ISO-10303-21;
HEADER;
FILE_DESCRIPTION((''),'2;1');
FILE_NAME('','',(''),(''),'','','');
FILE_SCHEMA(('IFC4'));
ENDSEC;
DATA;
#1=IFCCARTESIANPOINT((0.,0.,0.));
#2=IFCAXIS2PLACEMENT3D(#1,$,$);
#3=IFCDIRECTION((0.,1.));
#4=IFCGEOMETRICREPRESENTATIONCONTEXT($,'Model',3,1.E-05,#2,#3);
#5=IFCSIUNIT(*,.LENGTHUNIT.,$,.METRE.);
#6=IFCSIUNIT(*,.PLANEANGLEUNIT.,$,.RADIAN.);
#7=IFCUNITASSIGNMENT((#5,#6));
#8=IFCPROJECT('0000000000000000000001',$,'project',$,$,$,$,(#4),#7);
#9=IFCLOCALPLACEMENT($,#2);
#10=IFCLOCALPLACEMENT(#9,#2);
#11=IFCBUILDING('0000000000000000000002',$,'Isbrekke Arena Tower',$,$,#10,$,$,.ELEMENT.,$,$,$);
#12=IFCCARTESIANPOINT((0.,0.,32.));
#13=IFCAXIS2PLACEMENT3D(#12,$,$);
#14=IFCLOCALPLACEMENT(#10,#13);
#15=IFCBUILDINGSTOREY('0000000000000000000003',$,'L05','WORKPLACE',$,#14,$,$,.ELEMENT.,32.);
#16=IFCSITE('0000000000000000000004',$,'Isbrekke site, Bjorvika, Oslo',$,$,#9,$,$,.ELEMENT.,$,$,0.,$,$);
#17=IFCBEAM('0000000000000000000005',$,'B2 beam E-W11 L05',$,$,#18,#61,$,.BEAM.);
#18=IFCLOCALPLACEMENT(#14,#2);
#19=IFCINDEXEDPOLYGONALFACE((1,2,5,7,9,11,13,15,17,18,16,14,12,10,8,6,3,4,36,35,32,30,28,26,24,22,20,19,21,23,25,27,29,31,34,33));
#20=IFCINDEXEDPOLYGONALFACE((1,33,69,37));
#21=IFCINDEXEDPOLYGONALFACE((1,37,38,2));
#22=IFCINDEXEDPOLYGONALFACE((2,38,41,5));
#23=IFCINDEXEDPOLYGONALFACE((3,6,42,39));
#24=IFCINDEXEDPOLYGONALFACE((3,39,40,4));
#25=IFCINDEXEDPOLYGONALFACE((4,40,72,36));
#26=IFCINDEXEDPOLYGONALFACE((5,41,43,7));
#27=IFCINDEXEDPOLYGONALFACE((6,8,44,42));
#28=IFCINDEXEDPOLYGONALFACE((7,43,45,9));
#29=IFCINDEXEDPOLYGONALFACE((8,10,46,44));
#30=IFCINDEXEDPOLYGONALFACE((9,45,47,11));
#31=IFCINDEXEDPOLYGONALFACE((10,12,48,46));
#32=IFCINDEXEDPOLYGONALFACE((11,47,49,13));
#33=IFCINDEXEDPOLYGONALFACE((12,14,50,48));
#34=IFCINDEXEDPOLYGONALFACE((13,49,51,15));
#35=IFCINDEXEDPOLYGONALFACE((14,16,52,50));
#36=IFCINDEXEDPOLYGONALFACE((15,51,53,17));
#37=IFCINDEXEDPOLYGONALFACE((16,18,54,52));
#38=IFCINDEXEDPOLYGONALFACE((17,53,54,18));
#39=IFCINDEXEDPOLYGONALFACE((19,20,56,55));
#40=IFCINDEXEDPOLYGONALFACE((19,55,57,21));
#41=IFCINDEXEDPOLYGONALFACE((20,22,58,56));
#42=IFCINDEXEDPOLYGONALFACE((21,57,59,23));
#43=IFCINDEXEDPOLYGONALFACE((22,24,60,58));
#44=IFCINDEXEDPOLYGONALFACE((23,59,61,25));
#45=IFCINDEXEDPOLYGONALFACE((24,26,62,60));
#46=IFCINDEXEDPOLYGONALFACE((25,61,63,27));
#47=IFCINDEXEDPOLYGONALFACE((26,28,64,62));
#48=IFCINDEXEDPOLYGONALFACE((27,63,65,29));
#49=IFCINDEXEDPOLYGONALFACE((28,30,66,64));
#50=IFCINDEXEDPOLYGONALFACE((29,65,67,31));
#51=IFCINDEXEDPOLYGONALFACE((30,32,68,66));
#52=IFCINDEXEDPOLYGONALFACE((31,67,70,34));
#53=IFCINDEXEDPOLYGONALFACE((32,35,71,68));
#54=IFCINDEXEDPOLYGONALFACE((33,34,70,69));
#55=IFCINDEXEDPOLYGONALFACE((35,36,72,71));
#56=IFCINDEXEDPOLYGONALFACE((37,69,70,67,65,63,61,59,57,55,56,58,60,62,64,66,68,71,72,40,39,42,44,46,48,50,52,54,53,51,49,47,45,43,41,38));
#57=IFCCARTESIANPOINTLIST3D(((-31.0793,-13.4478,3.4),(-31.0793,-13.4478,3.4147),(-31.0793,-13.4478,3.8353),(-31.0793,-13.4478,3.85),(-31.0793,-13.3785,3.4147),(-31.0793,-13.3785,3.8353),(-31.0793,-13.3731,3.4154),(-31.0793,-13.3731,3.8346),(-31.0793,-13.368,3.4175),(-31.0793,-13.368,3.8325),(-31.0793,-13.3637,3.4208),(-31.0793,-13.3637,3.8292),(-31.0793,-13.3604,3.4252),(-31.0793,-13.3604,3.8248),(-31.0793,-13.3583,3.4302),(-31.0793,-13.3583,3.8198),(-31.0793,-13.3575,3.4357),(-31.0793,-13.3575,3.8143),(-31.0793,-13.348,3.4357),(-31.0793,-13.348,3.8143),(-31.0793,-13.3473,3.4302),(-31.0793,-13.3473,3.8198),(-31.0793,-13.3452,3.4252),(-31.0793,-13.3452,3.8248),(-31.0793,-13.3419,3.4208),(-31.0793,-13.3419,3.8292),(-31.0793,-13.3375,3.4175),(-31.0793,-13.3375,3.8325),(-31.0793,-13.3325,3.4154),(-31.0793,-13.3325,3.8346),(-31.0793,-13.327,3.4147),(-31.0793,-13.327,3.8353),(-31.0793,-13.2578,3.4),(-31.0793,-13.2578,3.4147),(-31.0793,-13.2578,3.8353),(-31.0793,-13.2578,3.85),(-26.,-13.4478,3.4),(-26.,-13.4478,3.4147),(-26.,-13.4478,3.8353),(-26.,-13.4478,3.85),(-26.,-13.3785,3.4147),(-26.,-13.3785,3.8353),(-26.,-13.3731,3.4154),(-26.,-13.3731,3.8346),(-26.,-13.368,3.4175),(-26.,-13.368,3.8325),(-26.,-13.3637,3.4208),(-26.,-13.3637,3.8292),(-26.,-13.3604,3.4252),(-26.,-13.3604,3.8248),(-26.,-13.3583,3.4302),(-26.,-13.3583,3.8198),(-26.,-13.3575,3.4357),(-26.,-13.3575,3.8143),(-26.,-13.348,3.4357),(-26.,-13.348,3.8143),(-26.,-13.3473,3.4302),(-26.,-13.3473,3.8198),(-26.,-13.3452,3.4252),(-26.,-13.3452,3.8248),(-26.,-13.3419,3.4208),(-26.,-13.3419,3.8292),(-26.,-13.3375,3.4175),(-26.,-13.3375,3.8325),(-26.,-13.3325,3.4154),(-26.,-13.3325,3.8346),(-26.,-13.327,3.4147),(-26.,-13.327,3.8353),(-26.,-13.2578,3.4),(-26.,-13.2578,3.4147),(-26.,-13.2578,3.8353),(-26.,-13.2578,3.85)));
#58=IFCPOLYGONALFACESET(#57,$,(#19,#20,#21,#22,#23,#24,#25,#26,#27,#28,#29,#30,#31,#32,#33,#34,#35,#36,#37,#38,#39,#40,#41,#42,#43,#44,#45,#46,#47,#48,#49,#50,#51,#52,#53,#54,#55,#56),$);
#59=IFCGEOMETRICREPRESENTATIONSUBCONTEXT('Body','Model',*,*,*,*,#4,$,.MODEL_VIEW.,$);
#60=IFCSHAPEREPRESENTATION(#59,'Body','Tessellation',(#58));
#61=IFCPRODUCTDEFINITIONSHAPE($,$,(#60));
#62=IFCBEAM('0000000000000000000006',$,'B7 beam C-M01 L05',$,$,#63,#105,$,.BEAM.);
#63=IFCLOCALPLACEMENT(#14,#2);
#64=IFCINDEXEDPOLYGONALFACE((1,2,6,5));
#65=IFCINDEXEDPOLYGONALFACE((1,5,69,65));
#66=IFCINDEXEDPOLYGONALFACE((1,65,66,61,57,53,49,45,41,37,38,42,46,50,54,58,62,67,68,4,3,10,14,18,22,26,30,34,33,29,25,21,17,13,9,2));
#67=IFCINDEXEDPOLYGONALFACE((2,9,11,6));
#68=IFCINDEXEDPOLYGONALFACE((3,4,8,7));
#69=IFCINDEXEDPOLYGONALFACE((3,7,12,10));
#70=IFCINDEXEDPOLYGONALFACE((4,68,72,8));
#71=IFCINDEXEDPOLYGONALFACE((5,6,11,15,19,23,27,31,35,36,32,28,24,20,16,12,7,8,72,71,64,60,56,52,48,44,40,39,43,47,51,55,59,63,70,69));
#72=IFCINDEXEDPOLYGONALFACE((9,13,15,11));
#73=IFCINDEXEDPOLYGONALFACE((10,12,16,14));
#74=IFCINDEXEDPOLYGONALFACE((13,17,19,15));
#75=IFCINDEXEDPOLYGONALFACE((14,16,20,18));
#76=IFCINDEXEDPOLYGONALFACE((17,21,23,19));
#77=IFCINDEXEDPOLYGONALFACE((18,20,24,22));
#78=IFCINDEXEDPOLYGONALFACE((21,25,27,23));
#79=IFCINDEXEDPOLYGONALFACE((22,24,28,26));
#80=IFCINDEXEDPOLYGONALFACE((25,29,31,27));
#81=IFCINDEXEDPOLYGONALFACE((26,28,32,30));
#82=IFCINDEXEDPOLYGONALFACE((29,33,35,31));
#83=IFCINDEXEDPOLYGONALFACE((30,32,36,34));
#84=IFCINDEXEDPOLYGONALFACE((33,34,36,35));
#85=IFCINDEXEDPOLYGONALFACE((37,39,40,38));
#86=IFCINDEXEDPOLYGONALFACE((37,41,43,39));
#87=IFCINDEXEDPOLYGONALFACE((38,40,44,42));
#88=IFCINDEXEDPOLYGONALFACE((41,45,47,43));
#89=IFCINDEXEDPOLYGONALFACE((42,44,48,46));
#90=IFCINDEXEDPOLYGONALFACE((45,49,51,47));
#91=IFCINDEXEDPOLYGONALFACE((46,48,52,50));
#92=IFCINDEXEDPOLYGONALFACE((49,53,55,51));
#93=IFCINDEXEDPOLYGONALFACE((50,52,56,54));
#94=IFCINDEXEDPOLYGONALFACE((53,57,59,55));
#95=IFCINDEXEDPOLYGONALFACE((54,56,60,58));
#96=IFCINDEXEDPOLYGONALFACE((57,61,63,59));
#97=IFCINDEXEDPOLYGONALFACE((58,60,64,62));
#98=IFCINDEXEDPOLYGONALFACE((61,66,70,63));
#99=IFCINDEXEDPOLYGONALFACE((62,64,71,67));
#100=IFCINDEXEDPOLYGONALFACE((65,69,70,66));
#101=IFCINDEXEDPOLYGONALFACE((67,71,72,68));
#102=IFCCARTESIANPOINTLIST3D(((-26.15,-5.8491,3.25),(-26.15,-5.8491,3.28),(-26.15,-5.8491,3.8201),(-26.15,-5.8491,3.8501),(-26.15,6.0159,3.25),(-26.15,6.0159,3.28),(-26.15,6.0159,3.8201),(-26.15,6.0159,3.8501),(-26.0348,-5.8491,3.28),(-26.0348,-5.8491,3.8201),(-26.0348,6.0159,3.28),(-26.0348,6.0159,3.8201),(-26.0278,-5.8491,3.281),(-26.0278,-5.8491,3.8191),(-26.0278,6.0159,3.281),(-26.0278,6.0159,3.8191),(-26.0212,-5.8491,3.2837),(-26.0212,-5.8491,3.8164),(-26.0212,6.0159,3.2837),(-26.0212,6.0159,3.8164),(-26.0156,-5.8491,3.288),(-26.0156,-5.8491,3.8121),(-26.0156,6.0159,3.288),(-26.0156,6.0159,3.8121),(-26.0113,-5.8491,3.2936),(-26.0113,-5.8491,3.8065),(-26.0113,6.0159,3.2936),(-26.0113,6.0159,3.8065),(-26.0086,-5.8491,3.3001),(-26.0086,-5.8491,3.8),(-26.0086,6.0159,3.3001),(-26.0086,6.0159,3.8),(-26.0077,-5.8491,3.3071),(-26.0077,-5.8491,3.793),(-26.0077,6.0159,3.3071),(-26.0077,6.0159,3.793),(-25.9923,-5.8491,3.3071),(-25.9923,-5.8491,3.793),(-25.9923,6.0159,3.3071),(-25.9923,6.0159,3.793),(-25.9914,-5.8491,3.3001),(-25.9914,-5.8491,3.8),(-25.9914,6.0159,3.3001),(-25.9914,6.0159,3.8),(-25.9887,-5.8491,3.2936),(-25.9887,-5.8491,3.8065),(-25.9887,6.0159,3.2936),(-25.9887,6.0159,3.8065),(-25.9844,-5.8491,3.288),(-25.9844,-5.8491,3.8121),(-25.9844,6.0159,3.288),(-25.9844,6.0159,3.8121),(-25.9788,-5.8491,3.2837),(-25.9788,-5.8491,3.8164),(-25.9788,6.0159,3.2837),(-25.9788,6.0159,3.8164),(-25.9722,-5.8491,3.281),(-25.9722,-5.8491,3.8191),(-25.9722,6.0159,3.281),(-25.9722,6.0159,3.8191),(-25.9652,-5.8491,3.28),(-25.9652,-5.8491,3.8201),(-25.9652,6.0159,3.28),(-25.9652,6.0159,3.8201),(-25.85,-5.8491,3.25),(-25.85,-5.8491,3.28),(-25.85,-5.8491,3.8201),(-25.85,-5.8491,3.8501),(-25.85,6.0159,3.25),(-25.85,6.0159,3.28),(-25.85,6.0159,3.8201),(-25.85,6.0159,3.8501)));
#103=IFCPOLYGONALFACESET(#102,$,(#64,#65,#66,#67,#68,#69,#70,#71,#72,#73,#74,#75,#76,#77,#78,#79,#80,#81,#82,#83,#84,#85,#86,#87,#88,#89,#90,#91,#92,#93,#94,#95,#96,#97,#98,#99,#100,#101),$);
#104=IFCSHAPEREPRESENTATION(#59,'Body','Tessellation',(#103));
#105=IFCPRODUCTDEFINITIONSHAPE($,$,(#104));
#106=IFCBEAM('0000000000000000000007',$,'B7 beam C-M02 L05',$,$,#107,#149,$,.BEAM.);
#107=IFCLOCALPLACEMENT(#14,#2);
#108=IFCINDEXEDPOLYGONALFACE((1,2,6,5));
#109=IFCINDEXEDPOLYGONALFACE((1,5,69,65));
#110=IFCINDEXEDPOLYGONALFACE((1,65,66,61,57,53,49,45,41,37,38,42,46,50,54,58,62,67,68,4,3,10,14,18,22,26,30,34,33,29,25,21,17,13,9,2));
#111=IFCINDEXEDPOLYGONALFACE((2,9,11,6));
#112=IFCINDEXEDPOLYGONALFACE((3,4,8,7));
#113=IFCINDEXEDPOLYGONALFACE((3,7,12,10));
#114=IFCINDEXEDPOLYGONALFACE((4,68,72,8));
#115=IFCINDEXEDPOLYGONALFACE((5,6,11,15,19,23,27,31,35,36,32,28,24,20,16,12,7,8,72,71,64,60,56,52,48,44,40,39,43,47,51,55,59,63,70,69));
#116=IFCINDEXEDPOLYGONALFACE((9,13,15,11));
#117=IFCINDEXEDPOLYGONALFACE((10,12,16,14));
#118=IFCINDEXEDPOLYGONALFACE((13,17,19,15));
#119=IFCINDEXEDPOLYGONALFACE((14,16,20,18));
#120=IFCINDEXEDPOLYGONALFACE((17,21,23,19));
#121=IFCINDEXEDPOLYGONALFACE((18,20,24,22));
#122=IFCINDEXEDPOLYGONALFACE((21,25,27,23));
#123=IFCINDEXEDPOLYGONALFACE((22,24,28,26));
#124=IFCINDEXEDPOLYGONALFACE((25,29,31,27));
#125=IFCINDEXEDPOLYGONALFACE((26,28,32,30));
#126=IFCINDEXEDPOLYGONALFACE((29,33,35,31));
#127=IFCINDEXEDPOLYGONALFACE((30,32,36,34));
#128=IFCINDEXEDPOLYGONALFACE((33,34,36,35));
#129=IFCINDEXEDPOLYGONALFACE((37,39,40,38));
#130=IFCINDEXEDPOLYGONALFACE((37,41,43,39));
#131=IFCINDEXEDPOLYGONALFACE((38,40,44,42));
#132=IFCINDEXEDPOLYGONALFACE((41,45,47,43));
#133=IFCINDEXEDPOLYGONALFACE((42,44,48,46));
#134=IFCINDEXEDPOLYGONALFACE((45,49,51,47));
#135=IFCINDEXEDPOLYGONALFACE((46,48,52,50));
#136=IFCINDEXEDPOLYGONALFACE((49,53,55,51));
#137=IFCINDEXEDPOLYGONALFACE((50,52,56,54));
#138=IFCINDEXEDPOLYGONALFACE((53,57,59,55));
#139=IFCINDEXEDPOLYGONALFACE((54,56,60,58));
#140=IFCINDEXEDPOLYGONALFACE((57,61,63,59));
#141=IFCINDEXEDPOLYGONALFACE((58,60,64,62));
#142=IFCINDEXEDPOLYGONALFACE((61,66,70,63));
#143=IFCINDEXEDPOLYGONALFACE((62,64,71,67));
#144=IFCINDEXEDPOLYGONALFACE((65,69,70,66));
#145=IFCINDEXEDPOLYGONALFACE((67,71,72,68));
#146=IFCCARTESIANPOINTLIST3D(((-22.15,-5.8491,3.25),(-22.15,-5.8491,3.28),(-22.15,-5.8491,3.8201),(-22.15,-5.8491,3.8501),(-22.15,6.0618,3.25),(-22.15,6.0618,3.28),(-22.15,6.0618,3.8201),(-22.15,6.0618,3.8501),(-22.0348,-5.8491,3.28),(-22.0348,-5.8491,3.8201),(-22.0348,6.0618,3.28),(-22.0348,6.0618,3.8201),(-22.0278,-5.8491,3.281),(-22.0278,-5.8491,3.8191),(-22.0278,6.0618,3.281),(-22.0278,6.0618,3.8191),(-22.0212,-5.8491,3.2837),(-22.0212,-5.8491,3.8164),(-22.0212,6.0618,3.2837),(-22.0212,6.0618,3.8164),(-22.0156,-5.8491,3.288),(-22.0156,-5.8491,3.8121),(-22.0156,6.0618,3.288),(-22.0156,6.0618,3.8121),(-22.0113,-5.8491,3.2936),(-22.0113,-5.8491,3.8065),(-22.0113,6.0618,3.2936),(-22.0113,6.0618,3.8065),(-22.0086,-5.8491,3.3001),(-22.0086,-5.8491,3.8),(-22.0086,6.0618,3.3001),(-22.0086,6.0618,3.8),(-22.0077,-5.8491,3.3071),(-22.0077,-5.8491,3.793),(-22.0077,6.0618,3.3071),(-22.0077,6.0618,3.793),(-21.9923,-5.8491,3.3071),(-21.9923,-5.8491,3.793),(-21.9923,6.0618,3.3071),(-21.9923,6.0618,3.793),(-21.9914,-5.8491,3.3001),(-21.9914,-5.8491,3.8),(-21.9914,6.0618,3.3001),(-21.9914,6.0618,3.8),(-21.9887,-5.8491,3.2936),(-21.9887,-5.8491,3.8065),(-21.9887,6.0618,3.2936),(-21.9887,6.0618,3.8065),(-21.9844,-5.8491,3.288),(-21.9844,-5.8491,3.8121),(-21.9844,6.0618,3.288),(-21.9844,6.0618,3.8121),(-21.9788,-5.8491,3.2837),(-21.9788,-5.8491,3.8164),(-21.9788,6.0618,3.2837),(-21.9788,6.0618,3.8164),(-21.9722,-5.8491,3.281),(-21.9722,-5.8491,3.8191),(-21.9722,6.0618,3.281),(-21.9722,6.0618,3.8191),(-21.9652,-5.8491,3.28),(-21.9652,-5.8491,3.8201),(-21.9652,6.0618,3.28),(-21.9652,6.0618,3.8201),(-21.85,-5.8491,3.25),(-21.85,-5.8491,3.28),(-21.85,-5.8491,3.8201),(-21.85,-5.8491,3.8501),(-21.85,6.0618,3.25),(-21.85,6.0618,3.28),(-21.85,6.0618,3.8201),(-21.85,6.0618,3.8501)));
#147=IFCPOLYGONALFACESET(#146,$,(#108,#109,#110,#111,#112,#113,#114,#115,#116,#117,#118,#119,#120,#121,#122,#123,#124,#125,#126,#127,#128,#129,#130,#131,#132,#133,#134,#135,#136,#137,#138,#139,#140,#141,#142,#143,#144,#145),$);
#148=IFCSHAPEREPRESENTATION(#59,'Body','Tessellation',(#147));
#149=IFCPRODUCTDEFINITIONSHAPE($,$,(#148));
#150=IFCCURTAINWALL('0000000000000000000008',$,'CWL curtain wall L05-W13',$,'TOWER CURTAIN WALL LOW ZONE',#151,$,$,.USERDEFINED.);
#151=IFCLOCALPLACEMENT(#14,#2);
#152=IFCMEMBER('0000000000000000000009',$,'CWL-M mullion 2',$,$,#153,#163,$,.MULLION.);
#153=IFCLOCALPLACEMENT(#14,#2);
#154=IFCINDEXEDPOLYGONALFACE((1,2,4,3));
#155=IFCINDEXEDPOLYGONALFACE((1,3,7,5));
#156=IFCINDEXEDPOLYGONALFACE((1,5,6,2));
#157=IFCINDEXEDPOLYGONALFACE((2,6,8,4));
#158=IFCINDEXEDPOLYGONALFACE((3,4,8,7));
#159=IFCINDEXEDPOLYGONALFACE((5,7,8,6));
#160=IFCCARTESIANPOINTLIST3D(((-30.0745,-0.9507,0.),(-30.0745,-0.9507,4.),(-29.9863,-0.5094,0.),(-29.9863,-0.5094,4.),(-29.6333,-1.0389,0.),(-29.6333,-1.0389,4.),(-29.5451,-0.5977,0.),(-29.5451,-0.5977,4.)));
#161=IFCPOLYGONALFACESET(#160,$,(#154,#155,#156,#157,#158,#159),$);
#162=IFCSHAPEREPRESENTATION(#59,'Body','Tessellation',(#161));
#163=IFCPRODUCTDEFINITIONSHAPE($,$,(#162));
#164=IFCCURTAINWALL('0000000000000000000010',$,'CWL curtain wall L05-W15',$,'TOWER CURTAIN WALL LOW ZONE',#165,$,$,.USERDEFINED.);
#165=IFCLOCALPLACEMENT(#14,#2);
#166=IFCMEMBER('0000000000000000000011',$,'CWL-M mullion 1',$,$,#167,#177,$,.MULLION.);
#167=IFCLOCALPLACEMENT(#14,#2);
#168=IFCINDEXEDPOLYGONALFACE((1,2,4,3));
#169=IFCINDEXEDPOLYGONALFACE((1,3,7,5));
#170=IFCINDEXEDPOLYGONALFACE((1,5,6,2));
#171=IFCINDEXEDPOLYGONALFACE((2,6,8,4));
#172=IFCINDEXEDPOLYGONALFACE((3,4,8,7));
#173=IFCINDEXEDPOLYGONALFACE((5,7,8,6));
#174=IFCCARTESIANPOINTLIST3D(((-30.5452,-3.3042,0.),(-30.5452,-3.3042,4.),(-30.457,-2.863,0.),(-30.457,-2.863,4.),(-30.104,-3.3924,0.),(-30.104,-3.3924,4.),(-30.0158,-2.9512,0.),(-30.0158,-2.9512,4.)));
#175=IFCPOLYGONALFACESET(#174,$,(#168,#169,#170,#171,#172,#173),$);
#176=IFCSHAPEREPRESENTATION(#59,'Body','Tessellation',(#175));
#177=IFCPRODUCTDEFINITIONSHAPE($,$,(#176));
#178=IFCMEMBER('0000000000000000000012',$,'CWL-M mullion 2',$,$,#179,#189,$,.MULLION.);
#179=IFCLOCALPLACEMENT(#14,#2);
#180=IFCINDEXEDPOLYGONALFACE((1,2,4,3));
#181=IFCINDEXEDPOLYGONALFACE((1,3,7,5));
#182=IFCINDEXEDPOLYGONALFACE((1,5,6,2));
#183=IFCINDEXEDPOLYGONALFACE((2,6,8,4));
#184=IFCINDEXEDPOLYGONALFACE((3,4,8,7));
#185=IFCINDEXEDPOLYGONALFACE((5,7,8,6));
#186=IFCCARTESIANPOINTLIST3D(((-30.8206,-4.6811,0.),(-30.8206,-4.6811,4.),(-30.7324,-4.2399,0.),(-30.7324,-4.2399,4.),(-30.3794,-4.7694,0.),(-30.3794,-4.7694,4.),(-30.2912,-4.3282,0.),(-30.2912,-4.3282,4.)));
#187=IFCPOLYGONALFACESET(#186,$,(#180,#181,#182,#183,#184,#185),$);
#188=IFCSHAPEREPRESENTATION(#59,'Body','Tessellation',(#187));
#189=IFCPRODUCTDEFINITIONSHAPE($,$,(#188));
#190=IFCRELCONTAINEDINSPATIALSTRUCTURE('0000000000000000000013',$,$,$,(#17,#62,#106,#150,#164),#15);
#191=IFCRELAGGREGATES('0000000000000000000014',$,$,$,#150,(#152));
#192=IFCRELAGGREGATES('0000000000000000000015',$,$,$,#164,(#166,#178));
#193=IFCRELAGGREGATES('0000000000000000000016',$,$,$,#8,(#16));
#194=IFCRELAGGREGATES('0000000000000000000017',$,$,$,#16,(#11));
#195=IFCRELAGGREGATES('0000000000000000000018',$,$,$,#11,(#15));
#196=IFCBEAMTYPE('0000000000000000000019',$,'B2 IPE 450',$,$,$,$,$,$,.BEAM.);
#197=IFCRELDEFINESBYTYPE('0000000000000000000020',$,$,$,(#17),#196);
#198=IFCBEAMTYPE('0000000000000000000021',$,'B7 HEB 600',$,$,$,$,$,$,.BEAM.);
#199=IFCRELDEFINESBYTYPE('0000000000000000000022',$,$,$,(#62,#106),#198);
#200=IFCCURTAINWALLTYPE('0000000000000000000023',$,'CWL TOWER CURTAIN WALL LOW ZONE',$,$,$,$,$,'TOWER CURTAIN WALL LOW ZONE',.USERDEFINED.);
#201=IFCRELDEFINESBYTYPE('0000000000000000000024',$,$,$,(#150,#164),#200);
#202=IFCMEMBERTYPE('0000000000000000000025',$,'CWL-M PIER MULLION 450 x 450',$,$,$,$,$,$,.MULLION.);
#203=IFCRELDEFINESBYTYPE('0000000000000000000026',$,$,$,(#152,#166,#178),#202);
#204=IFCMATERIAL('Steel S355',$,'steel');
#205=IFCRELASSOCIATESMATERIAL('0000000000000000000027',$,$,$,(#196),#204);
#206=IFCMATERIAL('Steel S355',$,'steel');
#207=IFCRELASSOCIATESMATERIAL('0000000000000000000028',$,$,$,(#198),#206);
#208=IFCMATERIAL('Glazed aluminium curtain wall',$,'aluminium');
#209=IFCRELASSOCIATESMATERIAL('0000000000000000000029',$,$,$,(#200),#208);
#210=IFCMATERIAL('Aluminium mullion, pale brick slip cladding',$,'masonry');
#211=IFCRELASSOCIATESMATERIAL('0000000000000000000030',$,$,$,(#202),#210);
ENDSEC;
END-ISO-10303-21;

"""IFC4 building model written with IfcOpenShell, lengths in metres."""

from ifc_helpers import new_model, si_unit, direction, frame, origin, origin_2d, place, context, subcontext, project, spatial, rectangle, i_section, extrude, material, material_profile, profile_set, type_object, element, aggregate, save


model = new_model("IFC4")

# Units and contexts
model_context = context("Model", 3, precision=1e-05, world=origin(), true_north=direction((0.0, 1.0)))
body_context = subcontext(model_context, "Body", "Model", "MODEL_VIEW")
ifc_project = project(units=[si_unit("LENGTHUNIT", "METRE"), si_unit("PLANEANGLEUNIT", "RADIAN")], contexts=[model_context])

# Site, building, storey
site_placement = place(None, origin())
site = spatial("IfcSite", under=ifc_project, at=site_placement, Name="Isbrekke site, Bjorvika, Oslo", CompositionType="ELEMENT", RefElevation=0.0)
building_placement = place(site_placement, origin())
building = spatial("IfcBuilding", under=site, at=building_placement, Name="Isbrekke Arena Tower", CompositionType="ELEMENT")
storey_placement = place(building_placement, frame((0.0, 0.0, 32.0)))
storey = spatial("IfcBuildingStorey", under=building, at=storey_placement, Name="L05", Description="WORKPLACE", CompositionType="ELEMENT", Elevation=32.0)

# Beams
ifc_material_1 = material(Name="Steel S355", Category="steel")
ifc_material_profile_1 = material_profile(ifc_material_1, i_section(OverallWidth=0.1899, OverallDepth=0.45, WebThickness=0.0095, FlangeThickness=0.0146, FilletRadius=0.021, at=origin_2d()), Name="IPE 450")
ifc_profile_set_1 = profile_set([ifc_material_profile_1], Name="Steel S355")
beam_type_1 = type_object("IfcBeamType", Name="B2 IPE 450", PredefinedType="BEAM", material=ifc_profile_set_1)
beam_1_placement = place(storey_placement, frame((-31.0793, -13.3528, 3.625), z_axis=(1.0, 0.0, 0.0), x_axis=(0.0, 1.0, 0.0)))
element("IfcBeam", 1, at=beam_1_placement, inside=storey, type_object=beam_type_1, Name="B2 beam E-W11 L05", PredefinedType="BEAM", context=body_context, shape_type="SweptSolid", body=[
    extrude(i_section(OverallWidth=0.1899, OverallDepth=0.45, WebThickness=0.0095, FlangeThickness=0.0146, FilletRadius=0.021, at=origin_2d()), origin(), (0.0, 0.0, 1.0), 5.0793),
])
ifc_material_2 = material(Name="Steel S355", Category="steel")
ifc_material_profile_2 = material_profile(ifc_material_2, i_section(OverallWidth=0.3, OverallDepth=0.6001, WebThickness=0.0154, FlangeThickness=0.03, FilletRadius=0.0271, at=origin_2d()), Name="HEB 600")
ifc_profile_set_2 = profile_set([ifc_material_profile_2], Name="Steel S355")
beam_type_2 = type_object("IfcBeamType", Name="B7 HEB 600", PredefinedType="BEAM", material=ifc_profile_set_2)
beam_2_placement = place(storey_placement, frame((-26.0, -5.8491, 3.55), z_axis=(0.0, 1.0, 0.0), x_axis=(-1.0, 0.0, 0.0)))
element("IfcBeam", 2, at=beam_2_placement, inside=storey, type_object=beam_type_2, Name="B7 beam C-M01 L05", PredefinedType="BEAM", context=body_context, shape_type="SweptSolid", body=[
    extrude(i_section(OverallWidth=0.3, OverallDepth=0.6001, WebThickness=0.0154, FlangeThickness=0.03, FilletRadius=0.0271, at=origin_2d()), origin(), (0.0, 0.0, 1.0), 11.865),
])
beam_3_placement = place(storey_placement, frame((-22.0, -5.8491, 3.55), z_axis=(0.0, 1.0, 0.0), x_axis=(-1.0, 0.0, 0.0)))
element("IfcBeam", 3, at=beam_3_placement, inside=storey, type_object=beam_type_2, Name="B7 beam C-M02 L05", PredefinedType="BEAM", context=body_context, shape_type="SweptSolid", body=[
    extrude(i_section(OverallWidth=0.3, OverallDepth=0.6001, WebThickness=0.0154, FlangeThickness=0.03, FilletRadius=0.0271, at=origin_2d()), origin(), (0.0, 0.0, 1.0), 11.9109),
])

# Curtain wall, member
ifc_material_3 = material(Name="Glazed aluminium curtain wall", Category="aluminium")
curtain_wall_type = type_object("IfcCurtainWallType", Name="CWL TOWER CURTAIN WALL LOW ZONE", ElementType="TOWER CURTAIN WALL LOW ZONE", PredefinedType="USERDEFINED", material=ifc_material_3)
curtain_wall_1_placement = place(storey_placement, origin())
curtain_wall_1 = element("IfcCurtainWall", 4, at=curtain_wall_1_placement, inside=storey, type_object=curtain_wall_type, Name="CWL curtain wall L05-W13", ObjectType="TOWER CURTAIN WALL LOW ZONE", PredefinedType="USERDEFINED")
ifc_material_4 = material(Name="Aluminium mullion, pale brick slip cladding", Category="masonry")
ifc_material_profile_3 = material_profile(ifc_material_4, rectangle(XDim=0.45, YDim=0.45, at=origin_2d()), Name="PIER 450X450")
ifc_profile_set_3 = profile_set([ifc_material_profile_3], Name="Aluminium mullion, pale brick slip cladding")
member_type_1 = type_object("IfcMemberType", Name="CWL-M PIER MULLION 450 x 450", PredefinedType="MULLION", material=ifc_profile_set_3)
member_1_placement = place(storey_placement, frame((-29.8098, -0.7742, 0.0), z_axis=(0.0, 0.0, 1.0), x_axis=(-0.196116, -0.980581, 0.0)))
member_1 = element("IfcMember", 5, at=member_1_placement, type_object=member_type_1, Name="CWL-M mullion 2", PredefinedType="MULLION", context=body_context, shape_type="SweptSolid", body=[
    extrude(rectangle(XDim=0.45, YDim=0.45, at=origin_2d()), origin(), (0.0, 0.0, 1.0), 4.0),
])

# Curtain wall, members
curtain_wall_2_placement = place(storey_placement, origin())
curtain_wall_2 = element("IfcCurtainWall", 6, at=curtain_wall_2_placement, inside=storey, type_object=curtain_wall_type, Name="CWL curtain wall L05-W15", ObjectType="TOWER CURTAIN WALL LOW ZONE", PredefinedType="USERDEFINED")
member_2_placement = place(storey_placement, frame((-30.2805, -3.1277, 0.0), z_axis=(0.0, 0.0, 1.0), x_axis=(-0.196116, -0.980581, 0.0)))
member_2 = element("IfcMember", 7, at=member_2_placement, type_object=member_type_1, Name="CWL-M mullion 1", PredefinedType="MULLION", context=body_context, shape_type="SweptSolid", body=[
    extrude(rectangle(XDim=0.45, YDim=0.45, at=origin_2d()), origin(), (0.0, 0.0, 1.0), 4.0),
])
member_3_placement = place(storey_placement, frame((-30.5559, -4.5046, 0.0), z_axis=(0.0, 0.0, 1.0), x_axis=(-0.196116, -0.980581, 0.0)))
member_3 = element("IfcMember", 8, at=member_3_placement, type_object=member_type_1, Name="CWL-M mullion 2", PredefinedType="MULLION", context=body_context, shape_type="SweptSolid", body=[
    extrude(rectangle(XDim=0.45, YDim=0.45, at=origin_2d()), origin(), (0.0, 0.0, 1.0), 4.0),
])

aggregate(curtain_wall_1, [member_1])
aggregate(curtain_wall_2, [member_2, member_3])

save(model, "model.ifc")
